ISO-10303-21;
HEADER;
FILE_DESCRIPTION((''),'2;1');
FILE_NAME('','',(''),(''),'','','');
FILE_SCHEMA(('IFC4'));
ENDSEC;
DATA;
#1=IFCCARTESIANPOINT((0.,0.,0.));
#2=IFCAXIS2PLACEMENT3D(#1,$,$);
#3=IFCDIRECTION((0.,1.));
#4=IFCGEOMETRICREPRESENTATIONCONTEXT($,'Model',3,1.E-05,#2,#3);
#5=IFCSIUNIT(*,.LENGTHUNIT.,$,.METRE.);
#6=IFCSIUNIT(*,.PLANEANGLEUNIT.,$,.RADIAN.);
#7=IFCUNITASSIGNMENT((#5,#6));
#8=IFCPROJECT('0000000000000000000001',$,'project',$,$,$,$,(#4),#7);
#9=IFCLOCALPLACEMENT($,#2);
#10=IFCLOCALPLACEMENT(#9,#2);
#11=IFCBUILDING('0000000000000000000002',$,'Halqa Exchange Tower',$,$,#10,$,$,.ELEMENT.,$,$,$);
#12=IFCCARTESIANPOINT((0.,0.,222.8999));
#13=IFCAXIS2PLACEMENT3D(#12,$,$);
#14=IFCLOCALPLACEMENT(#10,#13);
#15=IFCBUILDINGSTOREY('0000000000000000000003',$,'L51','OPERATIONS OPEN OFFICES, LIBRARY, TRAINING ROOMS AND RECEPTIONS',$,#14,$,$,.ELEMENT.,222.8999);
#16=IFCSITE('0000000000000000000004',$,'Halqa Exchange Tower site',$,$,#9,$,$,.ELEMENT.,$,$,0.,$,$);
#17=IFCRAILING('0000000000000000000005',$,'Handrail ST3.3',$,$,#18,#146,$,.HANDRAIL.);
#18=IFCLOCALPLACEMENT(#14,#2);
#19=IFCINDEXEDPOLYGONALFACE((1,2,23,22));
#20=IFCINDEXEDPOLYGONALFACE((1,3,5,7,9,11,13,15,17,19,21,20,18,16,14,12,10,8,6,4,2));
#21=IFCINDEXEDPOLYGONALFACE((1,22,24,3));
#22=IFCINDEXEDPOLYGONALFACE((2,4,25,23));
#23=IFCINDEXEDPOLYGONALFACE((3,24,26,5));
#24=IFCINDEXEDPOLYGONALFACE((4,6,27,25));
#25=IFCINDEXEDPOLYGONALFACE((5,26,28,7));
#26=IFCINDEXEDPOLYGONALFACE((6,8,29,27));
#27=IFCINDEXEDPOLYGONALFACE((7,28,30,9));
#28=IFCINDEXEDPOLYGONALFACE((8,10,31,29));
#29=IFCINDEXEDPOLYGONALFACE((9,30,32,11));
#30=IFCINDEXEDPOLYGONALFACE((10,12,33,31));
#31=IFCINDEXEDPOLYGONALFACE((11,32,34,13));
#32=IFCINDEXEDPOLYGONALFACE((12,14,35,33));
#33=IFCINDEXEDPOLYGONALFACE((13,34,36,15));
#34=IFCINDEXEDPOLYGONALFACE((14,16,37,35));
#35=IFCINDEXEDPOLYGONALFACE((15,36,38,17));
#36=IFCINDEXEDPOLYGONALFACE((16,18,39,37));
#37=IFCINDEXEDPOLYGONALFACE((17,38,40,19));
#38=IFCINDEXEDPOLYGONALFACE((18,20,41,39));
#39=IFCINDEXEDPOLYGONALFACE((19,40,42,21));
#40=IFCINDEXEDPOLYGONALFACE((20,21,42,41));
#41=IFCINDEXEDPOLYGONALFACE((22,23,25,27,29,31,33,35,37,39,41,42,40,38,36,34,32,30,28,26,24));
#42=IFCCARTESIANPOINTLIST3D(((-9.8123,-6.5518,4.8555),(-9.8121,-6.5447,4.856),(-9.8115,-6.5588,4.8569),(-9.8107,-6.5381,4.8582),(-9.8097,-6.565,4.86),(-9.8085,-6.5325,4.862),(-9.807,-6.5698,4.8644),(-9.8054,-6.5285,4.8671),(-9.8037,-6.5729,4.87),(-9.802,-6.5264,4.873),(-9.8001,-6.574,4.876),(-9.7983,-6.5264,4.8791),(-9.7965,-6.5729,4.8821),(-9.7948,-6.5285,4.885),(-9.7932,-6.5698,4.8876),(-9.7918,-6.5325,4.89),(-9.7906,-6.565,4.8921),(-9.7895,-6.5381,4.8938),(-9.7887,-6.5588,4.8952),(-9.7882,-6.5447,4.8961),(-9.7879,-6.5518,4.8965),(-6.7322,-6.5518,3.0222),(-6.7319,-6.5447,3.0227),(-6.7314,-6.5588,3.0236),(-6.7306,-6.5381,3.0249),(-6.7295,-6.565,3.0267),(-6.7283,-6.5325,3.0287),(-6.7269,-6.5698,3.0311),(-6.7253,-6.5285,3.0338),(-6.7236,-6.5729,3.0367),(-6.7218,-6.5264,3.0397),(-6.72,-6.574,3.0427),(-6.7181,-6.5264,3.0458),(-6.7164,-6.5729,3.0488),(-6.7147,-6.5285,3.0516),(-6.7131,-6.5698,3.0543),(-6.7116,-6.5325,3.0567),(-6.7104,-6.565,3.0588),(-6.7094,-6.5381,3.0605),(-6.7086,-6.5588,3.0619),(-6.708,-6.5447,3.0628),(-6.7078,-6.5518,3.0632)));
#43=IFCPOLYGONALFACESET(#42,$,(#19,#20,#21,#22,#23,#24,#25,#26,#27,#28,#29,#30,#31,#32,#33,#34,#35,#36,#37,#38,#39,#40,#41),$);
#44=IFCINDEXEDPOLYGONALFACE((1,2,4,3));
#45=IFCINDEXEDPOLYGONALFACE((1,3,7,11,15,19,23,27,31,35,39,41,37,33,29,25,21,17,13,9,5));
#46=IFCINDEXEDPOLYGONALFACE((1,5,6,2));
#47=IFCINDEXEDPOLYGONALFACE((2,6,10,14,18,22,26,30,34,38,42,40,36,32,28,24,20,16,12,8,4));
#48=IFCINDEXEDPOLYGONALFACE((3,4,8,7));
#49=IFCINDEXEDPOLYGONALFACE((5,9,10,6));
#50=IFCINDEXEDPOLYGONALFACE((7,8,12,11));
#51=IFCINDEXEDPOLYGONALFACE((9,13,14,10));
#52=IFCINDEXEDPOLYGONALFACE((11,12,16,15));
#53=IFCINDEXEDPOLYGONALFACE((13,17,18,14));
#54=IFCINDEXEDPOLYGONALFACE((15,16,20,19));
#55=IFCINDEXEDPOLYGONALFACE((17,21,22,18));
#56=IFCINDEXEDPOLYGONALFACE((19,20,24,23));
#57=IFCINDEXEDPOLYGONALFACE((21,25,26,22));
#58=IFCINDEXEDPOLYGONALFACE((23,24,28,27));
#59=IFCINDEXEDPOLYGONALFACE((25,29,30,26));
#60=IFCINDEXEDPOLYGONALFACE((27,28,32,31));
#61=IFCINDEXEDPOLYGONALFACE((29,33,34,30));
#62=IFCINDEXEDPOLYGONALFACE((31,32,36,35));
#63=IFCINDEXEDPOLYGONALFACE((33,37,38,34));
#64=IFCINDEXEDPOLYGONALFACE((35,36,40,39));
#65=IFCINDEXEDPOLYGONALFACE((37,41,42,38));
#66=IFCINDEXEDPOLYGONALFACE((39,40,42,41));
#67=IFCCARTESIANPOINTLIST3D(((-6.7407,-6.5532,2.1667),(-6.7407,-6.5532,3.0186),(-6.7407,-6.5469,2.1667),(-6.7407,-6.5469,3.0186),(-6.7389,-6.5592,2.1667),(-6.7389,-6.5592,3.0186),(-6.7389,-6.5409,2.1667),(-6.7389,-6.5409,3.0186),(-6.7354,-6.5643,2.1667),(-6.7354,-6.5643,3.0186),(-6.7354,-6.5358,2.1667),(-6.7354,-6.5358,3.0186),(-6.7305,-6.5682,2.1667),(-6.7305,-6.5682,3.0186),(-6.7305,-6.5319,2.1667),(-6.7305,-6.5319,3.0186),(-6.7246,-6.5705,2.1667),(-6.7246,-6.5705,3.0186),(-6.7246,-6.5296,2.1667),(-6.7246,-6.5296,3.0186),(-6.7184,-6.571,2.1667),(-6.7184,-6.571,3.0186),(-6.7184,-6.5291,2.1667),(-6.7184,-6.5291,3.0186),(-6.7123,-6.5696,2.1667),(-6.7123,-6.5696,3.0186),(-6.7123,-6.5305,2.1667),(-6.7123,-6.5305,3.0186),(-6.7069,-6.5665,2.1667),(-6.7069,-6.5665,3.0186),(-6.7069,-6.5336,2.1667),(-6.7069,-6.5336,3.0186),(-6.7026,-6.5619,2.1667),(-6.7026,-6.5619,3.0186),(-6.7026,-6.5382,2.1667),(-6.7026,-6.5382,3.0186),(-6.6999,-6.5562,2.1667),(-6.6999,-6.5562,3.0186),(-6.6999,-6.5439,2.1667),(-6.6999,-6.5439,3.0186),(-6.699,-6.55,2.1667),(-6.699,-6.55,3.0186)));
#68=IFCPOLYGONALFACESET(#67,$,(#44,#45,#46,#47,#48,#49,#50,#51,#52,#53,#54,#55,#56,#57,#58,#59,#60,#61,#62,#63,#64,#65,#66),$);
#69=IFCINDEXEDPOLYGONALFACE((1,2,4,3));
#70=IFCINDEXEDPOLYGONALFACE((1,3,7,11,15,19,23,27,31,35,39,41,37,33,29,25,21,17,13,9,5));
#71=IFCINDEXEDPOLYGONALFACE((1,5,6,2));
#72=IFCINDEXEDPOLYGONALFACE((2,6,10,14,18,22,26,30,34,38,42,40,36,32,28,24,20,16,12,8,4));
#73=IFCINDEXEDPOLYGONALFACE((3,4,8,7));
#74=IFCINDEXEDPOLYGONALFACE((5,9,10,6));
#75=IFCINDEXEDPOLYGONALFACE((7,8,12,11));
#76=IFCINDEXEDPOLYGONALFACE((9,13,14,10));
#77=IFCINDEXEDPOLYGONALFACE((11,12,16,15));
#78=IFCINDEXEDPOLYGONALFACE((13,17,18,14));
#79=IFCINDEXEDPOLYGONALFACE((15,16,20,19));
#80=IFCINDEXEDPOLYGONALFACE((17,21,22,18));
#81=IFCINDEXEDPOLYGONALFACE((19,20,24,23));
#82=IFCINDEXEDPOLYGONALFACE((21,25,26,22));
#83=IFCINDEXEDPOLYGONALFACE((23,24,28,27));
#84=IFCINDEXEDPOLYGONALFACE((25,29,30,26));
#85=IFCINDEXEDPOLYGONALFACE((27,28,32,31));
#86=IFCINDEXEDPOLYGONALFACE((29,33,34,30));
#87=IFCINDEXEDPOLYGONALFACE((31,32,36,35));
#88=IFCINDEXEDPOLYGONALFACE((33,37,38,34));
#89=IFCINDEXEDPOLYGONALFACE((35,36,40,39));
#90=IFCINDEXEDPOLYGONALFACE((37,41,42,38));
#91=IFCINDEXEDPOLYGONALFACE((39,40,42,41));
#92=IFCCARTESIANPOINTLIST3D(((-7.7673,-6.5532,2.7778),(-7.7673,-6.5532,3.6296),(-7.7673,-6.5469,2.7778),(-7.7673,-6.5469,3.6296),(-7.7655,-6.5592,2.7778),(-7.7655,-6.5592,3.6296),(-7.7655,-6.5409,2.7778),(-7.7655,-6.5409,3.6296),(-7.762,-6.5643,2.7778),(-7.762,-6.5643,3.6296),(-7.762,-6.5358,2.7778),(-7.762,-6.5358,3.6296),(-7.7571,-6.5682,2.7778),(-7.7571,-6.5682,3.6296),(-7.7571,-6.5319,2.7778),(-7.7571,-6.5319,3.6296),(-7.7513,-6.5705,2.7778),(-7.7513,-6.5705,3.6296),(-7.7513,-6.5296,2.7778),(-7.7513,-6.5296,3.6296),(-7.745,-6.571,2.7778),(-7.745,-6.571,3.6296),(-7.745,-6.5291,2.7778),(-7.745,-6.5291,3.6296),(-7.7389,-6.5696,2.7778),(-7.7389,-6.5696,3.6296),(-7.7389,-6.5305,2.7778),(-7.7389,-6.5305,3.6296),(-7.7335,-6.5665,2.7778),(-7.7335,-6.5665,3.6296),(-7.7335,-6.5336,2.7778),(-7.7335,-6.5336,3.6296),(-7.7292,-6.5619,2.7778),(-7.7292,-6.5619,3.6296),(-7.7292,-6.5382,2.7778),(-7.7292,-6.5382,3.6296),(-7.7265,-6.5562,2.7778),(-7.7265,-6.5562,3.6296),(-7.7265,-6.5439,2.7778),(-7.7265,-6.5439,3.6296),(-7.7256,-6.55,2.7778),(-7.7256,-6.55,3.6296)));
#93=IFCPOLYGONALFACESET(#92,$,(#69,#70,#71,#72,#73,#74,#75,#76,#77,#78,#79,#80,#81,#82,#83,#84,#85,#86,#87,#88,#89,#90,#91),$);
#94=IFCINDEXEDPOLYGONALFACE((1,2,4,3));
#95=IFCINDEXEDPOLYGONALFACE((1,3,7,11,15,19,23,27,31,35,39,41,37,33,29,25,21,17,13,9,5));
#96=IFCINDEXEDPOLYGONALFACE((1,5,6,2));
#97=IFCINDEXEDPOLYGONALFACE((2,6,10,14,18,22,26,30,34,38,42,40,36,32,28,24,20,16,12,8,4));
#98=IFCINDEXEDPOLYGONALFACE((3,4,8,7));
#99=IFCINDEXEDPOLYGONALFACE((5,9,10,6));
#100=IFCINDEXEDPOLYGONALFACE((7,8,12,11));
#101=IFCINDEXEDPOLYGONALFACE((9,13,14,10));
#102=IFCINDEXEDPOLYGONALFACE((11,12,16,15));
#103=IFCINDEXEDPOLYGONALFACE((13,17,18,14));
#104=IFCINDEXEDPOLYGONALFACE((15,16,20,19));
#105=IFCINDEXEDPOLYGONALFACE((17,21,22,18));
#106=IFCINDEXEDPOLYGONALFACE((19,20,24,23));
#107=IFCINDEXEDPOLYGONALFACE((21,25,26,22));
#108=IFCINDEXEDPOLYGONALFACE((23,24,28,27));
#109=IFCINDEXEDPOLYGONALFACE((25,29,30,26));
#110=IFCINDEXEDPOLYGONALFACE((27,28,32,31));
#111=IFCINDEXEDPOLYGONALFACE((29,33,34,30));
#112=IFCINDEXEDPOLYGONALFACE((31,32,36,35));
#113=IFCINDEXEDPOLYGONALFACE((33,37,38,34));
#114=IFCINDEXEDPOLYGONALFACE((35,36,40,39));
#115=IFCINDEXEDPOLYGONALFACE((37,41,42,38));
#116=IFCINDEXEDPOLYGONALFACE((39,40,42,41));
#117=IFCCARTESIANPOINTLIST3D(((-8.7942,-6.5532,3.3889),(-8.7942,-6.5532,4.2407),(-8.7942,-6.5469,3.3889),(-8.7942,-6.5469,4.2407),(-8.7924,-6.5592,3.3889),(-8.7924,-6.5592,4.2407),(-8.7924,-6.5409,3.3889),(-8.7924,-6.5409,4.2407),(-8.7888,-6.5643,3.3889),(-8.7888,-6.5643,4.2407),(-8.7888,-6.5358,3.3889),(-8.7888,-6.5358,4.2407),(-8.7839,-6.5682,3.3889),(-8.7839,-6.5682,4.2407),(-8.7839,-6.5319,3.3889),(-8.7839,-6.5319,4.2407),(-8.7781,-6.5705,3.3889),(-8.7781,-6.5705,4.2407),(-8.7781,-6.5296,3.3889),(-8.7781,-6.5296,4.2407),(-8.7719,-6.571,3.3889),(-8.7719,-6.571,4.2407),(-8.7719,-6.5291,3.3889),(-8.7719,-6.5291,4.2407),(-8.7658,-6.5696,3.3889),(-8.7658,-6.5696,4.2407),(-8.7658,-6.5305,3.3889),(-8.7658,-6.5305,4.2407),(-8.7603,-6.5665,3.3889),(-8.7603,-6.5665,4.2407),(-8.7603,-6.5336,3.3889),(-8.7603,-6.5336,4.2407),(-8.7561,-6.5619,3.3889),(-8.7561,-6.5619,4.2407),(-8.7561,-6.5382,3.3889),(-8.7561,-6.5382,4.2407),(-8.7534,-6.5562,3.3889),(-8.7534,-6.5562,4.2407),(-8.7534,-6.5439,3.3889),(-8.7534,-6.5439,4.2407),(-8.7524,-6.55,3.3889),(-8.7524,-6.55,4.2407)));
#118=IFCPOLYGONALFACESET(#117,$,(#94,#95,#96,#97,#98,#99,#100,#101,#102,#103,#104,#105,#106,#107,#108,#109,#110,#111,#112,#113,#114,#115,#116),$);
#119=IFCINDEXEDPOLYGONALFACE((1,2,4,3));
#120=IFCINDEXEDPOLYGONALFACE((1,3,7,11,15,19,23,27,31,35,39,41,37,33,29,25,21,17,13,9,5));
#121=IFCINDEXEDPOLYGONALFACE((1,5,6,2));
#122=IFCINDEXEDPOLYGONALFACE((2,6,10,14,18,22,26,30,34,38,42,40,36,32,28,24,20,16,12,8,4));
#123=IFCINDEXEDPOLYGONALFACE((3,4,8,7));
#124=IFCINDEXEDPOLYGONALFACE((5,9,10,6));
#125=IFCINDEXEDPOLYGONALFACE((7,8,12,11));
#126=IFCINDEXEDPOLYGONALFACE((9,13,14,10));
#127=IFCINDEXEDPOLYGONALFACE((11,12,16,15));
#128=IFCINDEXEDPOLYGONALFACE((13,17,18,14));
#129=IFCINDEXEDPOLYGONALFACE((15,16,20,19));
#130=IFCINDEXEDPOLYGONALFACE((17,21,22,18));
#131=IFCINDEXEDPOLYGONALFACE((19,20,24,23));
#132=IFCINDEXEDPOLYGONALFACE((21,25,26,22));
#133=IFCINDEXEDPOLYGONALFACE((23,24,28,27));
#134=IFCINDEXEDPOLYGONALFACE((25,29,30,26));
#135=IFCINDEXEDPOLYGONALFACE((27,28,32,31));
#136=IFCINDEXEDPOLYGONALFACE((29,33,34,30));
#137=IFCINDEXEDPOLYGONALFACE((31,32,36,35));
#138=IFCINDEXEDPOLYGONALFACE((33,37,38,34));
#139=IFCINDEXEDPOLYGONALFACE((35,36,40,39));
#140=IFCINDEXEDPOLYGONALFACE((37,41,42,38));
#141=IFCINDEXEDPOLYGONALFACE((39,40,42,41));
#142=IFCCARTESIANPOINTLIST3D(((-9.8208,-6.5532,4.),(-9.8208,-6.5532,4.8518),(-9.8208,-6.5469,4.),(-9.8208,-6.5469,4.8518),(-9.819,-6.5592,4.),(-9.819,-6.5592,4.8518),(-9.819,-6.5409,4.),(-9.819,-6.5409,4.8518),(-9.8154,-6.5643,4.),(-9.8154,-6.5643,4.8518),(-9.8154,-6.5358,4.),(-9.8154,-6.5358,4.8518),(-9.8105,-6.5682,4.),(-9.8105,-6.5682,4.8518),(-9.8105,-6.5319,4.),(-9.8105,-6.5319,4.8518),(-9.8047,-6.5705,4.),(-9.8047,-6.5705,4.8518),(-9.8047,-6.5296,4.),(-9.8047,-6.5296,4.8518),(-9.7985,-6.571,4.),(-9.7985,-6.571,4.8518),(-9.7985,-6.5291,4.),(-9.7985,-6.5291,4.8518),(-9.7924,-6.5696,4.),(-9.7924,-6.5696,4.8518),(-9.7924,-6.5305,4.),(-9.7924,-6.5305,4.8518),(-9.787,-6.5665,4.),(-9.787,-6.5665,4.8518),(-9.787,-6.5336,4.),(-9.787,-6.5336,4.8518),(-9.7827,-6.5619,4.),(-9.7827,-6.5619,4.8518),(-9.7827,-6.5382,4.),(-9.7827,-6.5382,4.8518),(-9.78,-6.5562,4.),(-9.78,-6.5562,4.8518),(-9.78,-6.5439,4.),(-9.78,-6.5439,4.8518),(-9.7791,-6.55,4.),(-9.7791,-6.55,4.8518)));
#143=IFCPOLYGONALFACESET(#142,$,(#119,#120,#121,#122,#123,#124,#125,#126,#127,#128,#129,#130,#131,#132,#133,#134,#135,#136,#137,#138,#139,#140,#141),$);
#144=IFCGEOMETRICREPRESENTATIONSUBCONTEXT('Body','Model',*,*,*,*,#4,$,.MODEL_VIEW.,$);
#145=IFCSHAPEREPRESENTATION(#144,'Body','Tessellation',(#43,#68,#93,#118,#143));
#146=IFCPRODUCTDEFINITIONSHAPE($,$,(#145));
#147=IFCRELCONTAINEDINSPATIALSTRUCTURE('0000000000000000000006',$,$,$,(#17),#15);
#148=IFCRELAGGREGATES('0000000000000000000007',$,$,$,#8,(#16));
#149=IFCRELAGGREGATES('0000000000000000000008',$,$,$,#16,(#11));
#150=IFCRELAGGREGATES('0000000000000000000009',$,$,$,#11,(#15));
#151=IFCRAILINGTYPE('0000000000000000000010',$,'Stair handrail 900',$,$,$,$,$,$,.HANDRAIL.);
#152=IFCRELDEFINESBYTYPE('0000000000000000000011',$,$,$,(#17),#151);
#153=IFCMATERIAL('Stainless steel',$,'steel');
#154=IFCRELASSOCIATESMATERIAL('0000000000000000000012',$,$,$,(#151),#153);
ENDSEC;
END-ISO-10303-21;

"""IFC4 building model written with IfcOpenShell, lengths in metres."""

from ifc_helpers import new_model, si_unit, direction, frame, origin, origin_2d, place, context, subcontext, project, spatial, circle, extrude, material, type_object, element, save


model = new_model("IFC4")

# Units and contexts
model_context = context("Model", 3, precision=1e-05, world=origin(), true_north=direction((0.0, 1.0)))
body_context = subcontext(model_context, "Body", "Model", "MODEL_VIEW")
ifc_project = project(units=[si_unit("LENGTHUNIT", "METRE"), si_unit("PLANEANGLEUNIT", "RADIAN")], contexts=[model_context])

# Site, building, storey
site_placement = place(None, origin())
site = spatial("IfcSite", under=ifc_project, at=site_placement, Name="Halqa Exchange Tower site", CompositionType="ELEMENT", RefElevation=0.0)
building_placement = place(site_placement, origin())
building = spatial("IfcBuilding", under=site, at=building_placement, Name="Halqa Exchange Tower", CompositionType="ELEMENT")
storey_placement = place(building_placement, frame((0.0, 0.0, 222.8999)))
storey = spatial("IfcBuildingStorey", under=building, at=storey_placement, Name="L51", Description="OPERATIONS OPEN OFFICES, LIBRARY, TRAINING ROOMS AND RECEPTIONS", CompositionType="ELEMENT", Elevation=222.8999)

# Shared definitions
ifc_material_1 = material(Name="Stainless steel", Category="steel")

# Railing
railing_type_1 = type_object("IfcRailingType", Name="Stair handrail 900", PredefinedType="HANDRAIL", material=ifc_material_1)
railing_1_placement = place(storey_placement, frame((-6.72, -6.55, 2.1667)))
element("IfcRailing", 1, at=railing_1_placement, inside=storey, type_object=railing_type_1, Name="Handrail ST3.3", PredefinedType="HANDRAIL", context=body_context, shape_type="SweptSolid", body=[
    extrude(circle(Radius=0.0239, at=origin_2d()), frame((0.0, 0.0, 0.876), z_axis=(-0.859309, 0.0, 0.511458), x_axis=(0.0, -1.0, 0.0)), (0.0, 0.0, 1.0), 3.5845),
    extrude(circle(Radius=0.021, at=origin_2d()), origin(), (0.0, 0.0, 1.0), 0.8518),
    extrude(circle(Radius=0.021, at=origin_2d()), frame((-1.0266, 0.0, 0.6111)), (0.0, 0.0, 1.0), 0.8518),
    extrude(circle(Radius=0.021, at=origin_2d()), frame((-2.0535, 0.0, 1.2222)), (0.0, 0.0, 1.0), 0.8518),
    extrude(circle(Radius=0.021, at=origin_2d()), frame((-3.0801, 0.0, 1.8333)), (0.0, 0.0, 1.0), 0.8518),
])

save(model, "model.ifc")
